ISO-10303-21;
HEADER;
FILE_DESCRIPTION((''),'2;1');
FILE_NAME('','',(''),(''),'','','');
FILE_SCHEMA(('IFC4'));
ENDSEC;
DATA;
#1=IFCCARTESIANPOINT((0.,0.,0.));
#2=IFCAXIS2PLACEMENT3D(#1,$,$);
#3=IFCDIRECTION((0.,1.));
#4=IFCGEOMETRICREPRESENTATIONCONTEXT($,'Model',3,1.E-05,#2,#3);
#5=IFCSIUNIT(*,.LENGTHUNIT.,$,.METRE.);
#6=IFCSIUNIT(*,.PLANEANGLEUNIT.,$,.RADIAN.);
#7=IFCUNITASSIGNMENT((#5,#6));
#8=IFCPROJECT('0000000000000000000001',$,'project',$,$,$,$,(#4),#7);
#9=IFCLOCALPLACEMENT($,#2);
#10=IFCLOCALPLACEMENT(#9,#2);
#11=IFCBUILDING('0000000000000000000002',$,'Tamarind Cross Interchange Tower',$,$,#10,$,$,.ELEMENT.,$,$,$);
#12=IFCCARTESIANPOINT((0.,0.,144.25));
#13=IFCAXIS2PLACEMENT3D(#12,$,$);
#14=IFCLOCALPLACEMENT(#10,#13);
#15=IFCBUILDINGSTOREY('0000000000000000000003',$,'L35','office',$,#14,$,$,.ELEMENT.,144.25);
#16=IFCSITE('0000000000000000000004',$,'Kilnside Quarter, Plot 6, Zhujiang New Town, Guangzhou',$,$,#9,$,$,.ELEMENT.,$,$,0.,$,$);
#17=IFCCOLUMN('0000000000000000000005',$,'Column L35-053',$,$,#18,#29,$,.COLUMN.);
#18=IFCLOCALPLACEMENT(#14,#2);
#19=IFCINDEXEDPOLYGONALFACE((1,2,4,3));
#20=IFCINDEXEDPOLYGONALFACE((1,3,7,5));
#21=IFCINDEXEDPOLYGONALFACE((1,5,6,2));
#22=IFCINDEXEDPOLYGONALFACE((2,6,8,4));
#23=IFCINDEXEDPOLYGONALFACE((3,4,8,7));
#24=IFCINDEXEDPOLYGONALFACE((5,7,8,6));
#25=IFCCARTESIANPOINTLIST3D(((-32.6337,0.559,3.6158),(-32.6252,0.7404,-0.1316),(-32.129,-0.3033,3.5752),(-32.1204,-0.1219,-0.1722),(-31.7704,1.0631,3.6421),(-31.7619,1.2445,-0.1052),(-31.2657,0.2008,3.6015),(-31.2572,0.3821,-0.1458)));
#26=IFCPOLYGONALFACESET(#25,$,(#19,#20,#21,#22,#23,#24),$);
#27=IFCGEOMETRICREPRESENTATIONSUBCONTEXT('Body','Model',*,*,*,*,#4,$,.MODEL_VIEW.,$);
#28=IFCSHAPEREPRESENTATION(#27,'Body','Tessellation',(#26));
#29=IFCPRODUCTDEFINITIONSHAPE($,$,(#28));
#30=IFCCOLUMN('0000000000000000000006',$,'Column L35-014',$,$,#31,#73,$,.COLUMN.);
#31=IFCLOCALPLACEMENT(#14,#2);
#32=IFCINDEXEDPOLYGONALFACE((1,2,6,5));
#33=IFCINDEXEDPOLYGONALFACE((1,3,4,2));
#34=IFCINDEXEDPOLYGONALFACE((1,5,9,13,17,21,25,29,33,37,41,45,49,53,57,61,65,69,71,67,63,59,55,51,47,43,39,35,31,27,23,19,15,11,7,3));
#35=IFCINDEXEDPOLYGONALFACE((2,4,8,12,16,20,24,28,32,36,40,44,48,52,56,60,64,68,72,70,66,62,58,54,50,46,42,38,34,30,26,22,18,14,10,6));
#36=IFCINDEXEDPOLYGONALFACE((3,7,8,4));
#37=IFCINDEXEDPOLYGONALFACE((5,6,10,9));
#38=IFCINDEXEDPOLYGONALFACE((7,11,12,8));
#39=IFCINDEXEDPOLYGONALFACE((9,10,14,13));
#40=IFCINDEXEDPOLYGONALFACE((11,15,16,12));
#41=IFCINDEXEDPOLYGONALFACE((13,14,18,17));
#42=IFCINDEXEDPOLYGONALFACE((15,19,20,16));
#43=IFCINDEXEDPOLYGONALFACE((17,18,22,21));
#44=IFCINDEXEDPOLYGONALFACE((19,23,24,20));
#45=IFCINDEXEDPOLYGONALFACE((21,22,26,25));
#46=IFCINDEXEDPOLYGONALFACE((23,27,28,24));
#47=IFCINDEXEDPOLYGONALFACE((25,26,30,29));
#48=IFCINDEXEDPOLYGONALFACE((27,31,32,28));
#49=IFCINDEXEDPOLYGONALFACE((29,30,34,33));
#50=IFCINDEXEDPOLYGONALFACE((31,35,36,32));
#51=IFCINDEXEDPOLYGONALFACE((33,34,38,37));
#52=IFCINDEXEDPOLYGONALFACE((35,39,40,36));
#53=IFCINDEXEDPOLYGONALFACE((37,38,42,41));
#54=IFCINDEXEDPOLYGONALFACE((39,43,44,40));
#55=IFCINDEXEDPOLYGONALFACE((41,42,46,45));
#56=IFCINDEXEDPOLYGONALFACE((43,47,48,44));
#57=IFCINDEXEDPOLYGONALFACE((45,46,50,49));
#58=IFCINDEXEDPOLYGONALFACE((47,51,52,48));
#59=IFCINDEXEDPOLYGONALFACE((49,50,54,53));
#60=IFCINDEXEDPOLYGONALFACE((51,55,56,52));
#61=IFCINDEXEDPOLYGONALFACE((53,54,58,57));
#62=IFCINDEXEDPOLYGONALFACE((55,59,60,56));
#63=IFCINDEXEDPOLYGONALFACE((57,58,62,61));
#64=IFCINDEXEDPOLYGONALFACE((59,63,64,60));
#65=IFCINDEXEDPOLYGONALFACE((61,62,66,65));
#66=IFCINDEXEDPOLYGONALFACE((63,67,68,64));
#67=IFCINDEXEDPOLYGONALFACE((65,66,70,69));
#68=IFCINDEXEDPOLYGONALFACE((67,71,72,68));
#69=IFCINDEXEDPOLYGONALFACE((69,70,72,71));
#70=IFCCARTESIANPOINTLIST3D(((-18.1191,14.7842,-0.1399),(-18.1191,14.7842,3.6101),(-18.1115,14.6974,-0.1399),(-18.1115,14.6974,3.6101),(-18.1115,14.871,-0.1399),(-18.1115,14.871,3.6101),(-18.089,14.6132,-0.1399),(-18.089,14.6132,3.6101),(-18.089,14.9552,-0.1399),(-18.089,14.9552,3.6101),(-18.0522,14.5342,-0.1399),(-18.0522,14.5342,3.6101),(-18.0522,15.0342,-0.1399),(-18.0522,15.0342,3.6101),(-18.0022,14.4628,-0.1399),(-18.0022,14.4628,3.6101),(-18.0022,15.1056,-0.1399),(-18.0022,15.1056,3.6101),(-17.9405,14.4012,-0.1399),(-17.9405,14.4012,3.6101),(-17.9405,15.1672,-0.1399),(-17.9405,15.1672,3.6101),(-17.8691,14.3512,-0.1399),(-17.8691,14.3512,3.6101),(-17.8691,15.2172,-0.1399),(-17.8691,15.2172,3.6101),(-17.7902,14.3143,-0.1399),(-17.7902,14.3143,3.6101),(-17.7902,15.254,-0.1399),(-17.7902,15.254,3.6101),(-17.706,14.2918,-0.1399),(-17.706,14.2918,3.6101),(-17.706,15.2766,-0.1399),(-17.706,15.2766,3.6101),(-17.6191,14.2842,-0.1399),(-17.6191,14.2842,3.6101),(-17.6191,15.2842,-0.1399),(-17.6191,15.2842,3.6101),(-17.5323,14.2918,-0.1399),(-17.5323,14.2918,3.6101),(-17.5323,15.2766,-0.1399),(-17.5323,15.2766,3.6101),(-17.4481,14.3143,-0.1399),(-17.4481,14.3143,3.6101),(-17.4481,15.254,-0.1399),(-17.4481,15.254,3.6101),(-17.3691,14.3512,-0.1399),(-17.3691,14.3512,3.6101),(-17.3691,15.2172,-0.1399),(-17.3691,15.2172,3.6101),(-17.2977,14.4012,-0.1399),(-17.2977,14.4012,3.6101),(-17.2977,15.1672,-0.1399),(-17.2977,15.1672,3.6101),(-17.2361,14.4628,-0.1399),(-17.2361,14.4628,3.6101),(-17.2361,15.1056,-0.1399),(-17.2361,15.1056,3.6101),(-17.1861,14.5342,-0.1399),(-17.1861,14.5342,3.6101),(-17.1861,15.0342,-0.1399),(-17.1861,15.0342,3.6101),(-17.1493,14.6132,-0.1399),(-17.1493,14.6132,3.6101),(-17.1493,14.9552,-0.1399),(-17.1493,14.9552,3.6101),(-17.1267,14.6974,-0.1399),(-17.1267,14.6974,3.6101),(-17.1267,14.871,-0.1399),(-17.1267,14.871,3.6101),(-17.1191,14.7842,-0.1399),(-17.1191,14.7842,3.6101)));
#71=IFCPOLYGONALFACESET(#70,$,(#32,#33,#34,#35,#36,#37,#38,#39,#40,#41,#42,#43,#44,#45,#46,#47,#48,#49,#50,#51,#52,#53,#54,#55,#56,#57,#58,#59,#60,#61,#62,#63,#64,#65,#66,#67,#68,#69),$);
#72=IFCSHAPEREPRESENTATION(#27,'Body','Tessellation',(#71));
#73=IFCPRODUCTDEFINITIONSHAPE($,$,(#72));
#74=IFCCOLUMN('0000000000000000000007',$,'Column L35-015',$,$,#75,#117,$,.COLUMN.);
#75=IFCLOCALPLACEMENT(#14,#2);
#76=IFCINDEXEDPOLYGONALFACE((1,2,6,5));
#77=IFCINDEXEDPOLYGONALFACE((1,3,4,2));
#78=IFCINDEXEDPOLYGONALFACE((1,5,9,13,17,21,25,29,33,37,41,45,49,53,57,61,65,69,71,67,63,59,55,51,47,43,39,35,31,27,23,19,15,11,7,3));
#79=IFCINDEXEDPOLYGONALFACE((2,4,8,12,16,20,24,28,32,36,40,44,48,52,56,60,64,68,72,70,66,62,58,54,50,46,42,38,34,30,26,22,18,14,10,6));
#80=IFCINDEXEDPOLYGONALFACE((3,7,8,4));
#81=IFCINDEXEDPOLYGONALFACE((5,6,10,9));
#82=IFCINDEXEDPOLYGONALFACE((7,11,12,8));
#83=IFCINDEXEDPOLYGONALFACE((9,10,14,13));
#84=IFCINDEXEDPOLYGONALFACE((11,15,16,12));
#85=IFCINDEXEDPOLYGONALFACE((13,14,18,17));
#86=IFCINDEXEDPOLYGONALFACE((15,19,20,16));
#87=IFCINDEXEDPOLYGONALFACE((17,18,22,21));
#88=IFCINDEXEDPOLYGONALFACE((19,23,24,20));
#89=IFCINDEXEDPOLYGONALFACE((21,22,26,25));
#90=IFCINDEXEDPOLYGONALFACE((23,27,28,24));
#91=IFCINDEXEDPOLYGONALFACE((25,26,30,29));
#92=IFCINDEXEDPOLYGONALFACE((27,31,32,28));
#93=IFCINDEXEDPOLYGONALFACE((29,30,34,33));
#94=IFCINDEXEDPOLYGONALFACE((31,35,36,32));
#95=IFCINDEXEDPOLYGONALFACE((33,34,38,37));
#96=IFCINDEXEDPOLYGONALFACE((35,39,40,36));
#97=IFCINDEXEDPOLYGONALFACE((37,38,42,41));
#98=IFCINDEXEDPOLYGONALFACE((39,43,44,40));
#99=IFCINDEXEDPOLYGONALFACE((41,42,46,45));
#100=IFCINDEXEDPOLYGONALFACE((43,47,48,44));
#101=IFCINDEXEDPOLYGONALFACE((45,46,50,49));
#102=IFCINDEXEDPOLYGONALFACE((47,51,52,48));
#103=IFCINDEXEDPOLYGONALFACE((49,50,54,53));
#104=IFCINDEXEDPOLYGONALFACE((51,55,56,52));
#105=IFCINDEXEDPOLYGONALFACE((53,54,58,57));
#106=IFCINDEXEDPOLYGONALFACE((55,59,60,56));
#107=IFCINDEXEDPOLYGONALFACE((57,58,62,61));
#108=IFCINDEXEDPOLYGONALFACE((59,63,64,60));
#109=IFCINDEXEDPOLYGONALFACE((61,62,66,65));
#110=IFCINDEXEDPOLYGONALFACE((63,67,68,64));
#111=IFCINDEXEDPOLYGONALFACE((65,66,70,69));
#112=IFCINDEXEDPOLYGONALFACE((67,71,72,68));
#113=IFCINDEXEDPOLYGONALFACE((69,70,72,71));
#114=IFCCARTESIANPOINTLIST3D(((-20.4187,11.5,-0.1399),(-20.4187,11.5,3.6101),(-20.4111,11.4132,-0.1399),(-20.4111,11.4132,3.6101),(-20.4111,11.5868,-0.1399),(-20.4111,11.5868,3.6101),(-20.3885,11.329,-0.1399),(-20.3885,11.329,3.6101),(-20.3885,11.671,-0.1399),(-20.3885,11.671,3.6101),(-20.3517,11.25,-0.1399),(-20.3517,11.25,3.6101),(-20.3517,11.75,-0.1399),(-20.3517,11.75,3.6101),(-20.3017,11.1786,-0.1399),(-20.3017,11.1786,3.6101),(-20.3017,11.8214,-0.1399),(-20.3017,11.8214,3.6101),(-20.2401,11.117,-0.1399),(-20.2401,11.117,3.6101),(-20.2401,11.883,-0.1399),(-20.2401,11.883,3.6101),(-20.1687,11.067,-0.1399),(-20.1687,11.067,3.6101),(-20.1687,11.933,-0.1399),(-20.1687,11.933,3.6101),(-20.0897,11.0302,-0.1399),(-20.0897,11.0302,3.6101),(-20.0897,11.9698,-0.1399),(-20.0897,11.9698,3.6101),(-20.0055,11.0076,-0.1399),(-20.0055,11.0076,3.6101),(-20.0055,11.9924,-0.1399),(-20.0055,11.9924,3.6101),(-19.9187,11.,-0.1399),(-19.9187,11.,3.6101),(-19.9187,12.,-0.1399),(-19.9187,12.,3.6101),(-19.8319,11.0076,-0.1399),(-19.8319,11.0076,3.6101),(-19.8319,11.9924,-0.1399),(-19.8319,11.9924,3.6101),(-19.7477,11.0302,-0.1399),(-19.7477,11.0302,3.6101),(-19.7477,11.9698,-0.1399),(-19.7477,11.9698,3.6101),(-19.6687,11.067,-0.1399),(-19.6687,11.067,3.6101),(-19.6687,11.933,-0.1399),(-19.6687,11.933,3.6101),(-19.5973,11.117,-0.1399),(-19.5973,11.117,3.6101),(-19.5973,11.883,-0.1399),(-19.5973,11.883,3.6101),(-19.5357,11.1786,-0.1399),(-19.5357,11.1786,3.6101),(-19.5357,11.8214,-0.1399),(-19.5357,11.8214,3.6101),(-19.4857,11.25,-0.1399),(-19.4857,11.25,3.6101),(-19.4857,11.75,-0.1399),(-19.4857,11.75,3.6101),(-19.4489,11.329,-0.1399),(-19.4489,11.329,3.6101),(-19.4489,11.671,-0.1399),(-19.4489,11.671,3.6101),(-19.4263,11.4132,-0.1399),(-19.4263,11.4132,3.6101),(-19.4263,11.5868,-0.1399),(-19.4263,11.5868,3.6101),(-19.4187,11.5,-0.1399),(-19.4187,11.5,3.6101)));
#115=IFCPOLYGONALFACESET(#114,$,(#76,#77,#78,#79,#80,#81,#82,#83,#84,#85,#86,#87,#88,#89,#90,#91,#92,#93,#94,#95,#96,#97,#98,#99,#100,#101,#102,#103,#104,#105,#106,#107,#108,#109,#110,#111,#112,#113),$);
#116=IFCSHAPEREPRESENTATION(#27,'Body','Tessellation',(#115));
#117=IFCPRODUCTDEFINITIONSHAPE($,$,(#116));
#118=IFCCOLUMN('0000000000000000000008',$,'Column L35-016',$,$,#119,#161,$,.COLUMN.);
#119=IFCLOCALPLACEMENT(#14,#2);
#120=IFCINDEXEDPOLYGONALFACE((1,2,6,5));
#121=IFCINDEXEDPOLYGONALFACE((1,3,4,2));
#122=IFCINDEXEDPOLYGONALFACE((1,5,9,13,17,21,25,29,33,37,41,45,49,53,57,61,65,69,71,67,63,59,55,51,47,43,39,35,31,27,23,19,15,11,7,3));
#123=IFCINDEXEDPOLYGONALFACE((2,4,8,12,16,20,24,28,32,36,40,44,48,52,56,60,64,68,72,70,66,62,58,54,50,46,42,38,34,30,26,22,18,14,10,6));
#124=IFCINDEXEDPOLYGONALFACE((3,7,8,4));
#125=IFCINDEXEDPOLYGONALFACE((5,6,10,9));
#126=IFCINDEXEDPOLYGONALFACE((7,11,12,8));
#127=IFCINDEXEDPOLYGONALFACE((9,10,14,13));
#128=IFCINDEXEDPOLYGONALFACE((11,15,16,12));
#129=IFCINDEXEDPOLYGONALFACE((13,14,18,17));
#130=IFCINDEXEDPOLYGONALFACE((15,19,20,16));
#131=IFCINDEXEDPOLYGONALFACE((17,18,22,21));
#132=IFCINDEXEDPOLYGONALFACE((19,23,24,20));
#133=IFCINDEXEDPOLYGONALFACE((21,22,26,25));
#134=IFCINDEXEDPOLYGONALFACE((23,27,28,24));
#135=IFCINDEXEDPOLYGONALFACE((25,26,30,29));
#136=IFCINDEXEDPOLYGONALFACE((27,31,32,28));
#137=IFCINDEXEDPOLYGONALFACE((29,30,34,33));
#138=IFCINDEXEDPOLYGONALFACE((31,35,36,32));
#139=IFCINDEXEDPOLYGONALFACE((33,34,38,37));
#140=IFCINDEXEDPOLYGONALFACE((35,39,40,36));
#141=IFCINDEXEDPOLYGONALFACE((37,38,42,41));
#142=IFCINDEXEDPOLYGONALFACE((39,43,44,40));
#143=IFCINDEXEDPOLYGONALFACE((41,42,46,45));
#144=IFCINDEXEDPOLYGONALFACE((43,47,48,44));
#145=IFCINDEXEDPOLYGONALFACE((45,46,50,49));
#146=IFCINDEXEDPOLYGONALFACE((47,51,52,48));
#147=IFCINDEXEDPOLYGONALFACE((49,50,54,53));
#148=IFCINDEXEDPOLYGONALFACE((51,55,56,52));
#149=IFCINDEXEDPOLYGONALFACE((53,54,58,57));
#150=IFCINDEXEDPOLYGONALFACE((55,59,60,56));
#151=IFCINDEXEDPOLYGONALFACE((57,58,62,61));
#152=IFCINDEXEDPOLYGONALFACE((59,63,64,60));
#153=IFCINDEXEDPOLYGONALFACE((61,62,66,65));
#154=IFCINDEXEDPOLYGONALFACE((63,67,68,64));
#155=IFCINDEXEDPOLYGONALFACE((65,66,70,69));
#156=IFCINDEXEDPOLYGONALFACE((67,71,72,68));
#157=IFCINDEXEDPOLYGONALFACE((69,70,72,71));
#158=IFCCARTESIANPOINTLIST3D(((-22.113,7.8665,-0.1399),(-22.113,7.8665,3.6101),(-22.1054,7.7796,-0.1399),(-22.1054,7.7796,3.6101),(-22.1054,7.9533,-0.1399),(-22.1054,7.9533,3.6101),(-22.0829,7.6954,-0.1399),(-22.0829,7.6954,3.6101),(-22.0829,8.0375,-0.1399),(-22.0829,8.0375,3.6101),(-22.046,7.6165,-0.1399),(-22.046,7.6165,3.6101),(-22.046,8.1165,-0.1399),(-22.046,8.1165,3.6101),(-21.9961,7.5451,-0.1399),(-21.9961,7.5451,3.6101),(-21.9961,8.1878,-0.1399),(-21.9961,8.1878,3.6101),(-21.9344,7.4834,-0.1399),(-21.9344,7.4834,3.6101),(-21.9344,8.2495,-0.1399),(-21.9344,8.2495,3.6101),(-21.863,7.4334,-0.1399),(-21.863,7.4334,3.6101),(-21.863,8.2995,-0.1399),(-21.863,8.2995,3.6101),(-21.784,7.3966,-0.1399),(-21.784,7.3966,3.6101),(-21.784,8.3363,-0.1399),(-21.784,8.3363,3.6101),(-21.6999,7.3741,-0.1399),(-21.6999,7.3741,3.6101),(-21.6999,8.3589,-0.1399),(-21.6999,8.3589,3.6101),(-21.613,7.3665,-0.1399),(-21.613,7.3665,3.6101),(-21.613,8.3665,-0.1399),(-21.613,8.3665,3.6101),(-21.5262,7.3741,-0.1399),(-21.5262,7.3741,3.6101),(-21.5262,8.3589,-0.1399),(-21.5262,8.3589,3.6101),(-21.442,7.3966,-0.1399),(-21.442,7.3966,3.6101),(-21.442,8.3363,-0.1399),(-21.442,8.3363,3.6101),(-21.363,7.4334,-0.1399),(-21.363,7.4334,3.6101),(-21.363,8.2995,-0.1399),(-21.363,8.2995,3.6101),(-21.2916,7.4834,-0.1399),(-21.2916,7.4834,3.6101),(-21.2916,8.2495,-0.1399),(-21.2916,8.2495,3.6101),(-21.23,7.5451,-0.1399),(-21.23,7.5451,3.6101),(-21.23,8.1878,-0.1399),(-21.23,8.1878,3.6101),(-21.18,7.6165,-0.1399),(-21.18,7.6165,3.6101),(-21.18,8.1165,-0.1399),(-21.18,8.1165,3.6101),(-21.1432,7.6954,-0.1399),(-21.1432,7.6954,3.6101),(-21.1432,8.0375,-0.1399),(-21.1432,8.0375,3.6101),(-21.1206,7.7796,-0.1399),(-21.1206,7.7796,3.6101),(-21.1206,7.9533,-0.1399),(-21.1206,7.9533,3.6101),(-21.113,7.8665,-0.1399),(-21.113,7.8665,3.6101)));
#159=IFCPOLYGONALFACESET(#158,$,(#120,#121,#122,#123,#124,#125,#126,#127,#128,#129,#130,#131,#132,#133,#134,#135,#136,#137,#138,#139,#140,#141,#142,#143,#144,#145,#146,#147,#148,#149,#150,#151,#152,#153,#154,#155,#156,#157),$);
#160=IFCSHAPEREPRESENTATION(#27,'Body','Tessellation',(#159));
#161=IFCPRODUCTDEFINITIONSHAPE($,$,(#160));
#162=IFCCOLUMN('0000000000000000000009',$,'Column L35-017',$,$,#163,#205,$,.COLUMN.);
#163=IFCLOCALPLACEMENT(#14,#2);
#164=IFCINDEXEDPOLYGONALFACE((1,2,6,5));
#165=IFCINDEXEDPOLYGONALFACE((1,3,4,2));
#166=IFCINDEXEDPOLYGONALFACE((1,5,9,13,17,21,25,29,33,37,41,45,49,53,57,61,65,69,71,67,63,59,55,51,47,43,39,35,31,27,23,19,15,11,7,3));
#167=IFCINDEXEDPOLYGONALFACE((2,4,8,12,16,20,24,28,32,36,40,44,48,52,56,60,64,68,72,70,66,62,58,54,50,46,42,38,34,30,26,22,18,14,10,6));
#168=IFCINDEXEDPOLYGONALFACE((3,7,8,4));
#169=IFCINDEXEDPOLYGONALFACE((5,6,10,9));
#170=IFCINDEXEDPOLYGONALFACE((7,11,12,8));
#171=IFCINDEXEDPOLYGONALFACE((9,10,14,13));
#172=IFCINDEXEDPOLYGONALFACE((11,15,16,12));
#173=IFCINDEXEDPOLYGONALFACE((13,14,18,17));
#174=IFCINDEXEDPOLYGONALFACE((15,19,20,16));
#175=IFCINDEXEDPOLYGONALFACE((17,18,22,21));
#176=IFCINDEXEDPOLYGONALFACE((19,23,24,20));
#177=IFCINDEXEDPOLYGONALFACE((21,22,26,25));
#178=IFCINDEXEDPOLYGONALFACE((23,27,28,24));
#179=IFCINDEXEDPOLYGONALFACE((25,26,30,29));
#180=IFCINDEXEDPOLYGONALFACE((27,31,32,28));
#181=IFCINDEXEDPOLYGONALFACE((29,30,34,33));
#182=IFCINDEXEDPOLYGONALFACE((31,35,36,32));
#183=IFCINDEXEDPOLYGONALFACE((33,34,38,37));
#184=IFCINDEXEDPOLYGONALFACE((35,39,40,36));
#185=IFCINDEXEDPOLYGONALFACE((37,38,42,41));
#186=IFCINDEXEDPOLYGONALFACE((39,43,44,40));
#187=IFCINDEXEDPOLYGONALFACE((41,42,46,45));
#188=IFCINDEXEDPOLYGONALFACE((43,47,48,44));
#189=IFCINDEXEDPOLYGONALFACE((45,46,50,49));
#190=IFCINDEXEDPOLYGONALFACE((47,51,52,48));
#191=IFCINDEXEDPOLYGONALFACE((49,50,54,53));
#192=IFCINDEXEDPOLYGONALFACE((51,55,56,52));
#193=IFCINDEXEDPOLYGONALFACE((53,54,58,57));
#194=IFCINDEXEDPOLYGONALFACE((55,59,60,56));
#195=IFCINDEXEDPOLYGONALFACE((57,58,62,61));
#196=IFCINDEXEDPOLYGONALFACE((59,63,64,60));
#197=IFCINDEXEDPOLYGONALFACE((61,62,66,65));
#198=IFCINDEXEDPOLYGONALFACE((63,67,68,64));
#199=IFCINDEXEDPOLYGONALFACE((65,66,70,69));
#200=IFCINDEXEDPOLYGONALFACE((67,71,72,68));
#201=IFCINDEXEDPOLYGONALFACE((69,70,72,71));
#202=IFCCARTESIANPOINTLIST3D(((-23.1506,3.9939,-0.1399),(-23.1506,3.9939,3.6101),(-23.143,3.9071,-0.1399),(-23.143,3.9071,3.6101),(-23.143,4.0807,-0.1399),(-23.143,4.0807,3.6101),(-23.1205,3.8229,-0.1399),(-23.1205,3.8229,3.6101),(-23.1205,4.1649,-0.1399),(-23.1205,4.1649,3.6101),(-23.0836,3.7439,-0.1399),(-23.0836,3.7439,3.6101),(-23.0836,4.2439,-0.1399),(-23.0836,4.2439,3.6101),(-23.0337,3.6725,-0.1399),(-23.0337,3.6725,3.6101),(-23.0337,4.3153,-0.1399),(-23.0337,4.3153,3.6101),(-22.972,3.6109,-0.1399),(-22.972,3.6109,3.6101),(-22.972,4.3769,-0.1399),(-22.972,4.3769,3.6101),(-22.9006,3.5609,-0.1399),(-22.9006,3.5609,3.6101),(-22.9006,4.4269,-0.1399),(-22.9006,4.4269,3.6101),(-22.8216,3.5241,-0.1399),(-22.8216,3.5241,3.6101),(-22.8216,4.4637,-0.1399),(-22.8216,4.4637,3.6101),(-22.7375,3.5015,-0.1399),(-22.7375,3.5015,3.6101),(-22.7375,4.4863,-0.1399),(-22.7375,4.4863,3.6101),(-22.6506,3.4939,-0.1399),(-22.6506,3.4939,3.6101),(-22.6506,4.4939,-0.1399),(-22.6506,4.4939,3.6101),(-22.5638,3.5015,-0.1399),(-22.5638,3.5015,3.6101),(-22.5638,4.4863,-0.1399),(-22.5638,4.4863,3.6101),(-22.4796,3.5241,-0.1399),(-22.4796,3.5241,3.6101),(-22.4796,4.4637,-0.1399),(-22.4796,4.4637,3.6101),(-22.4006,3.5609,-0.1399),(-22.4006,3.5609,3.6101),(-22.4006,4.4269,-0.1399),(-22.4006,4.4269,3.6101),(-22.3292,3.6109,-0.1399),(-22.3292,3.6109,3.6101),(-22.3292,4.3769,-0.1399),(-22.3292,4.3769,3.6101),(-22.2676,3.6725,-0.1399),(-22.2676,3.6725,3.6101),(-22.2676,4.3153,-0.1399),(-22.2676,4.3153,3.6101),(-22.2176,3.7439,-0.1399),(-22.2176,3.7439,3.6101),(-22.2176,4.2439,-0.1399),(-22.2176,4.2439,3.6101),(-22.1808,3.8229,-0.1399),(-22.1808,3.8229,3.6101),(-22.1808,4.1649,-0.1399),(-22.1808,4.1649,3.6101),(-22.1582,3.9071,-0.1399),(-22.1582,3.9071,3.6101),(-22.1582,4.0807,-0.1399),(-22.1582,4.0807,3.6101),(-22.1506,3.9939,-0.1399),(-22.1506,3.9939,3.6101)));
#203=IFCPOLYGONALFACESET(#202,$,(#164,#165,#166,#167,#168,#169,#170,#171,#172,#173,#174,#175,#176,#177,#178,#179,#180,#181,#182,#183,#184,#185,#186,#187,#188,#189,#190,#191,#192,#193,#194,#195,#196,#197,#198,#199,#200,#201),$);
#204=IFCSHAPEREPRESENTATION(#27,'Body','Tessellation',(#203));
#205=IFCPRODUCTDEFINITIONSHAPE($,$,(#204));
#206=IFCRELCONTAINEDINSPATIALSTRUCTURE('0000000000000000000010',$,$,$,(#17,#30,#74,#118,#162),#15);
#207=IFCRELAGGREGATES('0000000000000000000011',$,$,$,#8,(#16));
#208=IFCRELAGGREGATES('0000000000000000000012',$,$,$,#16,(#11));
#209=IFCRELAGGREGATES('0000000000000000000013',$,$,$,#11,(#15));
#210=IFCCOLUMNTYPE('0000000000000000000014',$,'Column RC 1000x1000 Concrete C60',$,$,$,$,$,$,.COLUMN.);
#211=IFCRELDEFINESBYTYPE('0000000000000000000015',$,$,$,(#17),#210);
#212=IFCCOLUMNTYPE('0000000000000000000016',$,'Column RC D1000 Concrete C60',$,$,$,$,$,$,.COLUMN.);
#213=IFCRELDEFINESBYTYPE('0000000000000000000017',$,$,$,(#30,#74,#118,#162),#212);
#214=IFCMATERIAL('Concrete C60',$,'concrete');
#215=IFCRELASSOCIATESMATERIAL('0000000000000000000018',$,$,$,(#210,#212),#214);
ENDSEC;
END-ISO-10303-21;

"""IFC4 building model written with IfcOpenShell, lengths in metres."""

from ifc_helpers import new_model, si_unit, direction, frame, origin, origin_2d, place, context, subcontext, project, spatial, rectangle, circle, extrude, material, material_profile, profile_set, type_object, element, save


model = new_model("IFC4")

# Units and contexts
model_context = context("Model", 3, precision=1e-05, world=origin(), true_north=direction((0.0, 1.0)))
body_context = subcontext(model_context, "Body", "Model", "MODEL_VIEW")
ifc_project = project(units=[si_unit("LENGTHUNIT", "METRE"), si_unit("PLANEANGLEUNIT", "RADIAN")], contexts=[model_context])

# Site, building, storey
site_placement = place(None, origin())
site = spatial("IfcSite", under=ifc_project, at=site_placement, Name="Kilnside Quarter, Plot 6, Zhujiang New Town, Guangzhou", CompositionType="ELEMENT", RefElevation=0.0)
building_placement = place(site_placement, origin())
building = spatial("IfcBuilding", under=site, at=building_placement, Name="Tamarind Cross Interchange Tower", CompositionType="ELEMENT")
storey_placement = place(building_placement, frame((0.0, 0.0, 144.25)))
storey = spatial("IfcBuildingStorey", under=building, at=storey_placement, Name="L35", Description="office", CompositionType="ELEMENT", Elevation=144.25)

# Columns
ifc_material_1 = material(Name="Concrete C60", Category="concrete")
ifc_material_profile_1 = material_profile(ifc_material_1, rectangle(XDim=1.0, YDim=1.0, at=origin_2d()), Name="RC 1000x1000")
ifc_profile_set_1 = profile_set([ifc_material_profile_1], Name="Concrete C60")
column_type_1 = type_object("IfcColumnType", Name="Column RC 1000x1000 Concrete C60", PredefinedType="COLUMN", material=ifc_profile_set_1)
column_placement = place(storey_placement, frame((-31.9412, 0.5613, -0.1387), z_axis=(-0.002278, -0.04835, 0.998828), x_axis=(0.863268, 0.504057, 0.026368)))
element("IfcColumn", 1, at=column_placement, inside=storey, type_object=column_type_1, Name="Column L35-053", PredefinedType="COLUMN", context=body_context, shape_type="SweptSolid", body=[
    extrude(rectangle(XDim=1.0, YDim=1.0, at=origin_2d()), origin(), (0.0, 0.0, 1.0), 3.7517),
])
ifc_material_profile_2 = material_profile(ifc_material_1, circle(Radius=0.5, at=origin_2d()), Name="RC D1000")
ifc_profile_set_2 = profile_set([ifc_material_profile_2], Name="Concrete C60")
column_type_2 = type_object("IfcColumnType", Name="Column RC D1000 Concrete C60", PredefinedType="COLUMN", material=ifc_profile_set_2)
for number, where, z_axis, x_axis, name in (
    (2, (-17.6191, 14.7842, -0.1399), (0.0, 0.0, 1.0), (1.0, 0.0, 0.0), "Column L35-014"),
    (3, (-19.9187, 11.5, -0.1399), (0.0, 0.0, 1.0), (1.0, 0.0, 0.0), "Column L35-015"),
    (4, (-21.613, 7.8665, -0.1399), (0.0, 0.0, 1.0), (1.0, 0.0, 0.0), "Column L35-016"),
    (5, (-22.6506, 3.9939, -0.1399), (0.0, 0.0, 1.0), (1.0, 0.0, 0.0), "Column L35-017"),
):
    element("IfcColumn", number, at=place(storey_placement, frame(where, z_axis=z_axis, x_axis=x_axis)), inside=storey, type_object=column_type_2, Name=name, PredefinedType="COLUMN", context=body_context, shape_type="SweptSolid", body=[
        extrude(circle(Radius=0.5, at=origin_2d()), origin(), (0.0, 0.0, 1.0), 3.75),
    ])

save(model, "model.ifc")
